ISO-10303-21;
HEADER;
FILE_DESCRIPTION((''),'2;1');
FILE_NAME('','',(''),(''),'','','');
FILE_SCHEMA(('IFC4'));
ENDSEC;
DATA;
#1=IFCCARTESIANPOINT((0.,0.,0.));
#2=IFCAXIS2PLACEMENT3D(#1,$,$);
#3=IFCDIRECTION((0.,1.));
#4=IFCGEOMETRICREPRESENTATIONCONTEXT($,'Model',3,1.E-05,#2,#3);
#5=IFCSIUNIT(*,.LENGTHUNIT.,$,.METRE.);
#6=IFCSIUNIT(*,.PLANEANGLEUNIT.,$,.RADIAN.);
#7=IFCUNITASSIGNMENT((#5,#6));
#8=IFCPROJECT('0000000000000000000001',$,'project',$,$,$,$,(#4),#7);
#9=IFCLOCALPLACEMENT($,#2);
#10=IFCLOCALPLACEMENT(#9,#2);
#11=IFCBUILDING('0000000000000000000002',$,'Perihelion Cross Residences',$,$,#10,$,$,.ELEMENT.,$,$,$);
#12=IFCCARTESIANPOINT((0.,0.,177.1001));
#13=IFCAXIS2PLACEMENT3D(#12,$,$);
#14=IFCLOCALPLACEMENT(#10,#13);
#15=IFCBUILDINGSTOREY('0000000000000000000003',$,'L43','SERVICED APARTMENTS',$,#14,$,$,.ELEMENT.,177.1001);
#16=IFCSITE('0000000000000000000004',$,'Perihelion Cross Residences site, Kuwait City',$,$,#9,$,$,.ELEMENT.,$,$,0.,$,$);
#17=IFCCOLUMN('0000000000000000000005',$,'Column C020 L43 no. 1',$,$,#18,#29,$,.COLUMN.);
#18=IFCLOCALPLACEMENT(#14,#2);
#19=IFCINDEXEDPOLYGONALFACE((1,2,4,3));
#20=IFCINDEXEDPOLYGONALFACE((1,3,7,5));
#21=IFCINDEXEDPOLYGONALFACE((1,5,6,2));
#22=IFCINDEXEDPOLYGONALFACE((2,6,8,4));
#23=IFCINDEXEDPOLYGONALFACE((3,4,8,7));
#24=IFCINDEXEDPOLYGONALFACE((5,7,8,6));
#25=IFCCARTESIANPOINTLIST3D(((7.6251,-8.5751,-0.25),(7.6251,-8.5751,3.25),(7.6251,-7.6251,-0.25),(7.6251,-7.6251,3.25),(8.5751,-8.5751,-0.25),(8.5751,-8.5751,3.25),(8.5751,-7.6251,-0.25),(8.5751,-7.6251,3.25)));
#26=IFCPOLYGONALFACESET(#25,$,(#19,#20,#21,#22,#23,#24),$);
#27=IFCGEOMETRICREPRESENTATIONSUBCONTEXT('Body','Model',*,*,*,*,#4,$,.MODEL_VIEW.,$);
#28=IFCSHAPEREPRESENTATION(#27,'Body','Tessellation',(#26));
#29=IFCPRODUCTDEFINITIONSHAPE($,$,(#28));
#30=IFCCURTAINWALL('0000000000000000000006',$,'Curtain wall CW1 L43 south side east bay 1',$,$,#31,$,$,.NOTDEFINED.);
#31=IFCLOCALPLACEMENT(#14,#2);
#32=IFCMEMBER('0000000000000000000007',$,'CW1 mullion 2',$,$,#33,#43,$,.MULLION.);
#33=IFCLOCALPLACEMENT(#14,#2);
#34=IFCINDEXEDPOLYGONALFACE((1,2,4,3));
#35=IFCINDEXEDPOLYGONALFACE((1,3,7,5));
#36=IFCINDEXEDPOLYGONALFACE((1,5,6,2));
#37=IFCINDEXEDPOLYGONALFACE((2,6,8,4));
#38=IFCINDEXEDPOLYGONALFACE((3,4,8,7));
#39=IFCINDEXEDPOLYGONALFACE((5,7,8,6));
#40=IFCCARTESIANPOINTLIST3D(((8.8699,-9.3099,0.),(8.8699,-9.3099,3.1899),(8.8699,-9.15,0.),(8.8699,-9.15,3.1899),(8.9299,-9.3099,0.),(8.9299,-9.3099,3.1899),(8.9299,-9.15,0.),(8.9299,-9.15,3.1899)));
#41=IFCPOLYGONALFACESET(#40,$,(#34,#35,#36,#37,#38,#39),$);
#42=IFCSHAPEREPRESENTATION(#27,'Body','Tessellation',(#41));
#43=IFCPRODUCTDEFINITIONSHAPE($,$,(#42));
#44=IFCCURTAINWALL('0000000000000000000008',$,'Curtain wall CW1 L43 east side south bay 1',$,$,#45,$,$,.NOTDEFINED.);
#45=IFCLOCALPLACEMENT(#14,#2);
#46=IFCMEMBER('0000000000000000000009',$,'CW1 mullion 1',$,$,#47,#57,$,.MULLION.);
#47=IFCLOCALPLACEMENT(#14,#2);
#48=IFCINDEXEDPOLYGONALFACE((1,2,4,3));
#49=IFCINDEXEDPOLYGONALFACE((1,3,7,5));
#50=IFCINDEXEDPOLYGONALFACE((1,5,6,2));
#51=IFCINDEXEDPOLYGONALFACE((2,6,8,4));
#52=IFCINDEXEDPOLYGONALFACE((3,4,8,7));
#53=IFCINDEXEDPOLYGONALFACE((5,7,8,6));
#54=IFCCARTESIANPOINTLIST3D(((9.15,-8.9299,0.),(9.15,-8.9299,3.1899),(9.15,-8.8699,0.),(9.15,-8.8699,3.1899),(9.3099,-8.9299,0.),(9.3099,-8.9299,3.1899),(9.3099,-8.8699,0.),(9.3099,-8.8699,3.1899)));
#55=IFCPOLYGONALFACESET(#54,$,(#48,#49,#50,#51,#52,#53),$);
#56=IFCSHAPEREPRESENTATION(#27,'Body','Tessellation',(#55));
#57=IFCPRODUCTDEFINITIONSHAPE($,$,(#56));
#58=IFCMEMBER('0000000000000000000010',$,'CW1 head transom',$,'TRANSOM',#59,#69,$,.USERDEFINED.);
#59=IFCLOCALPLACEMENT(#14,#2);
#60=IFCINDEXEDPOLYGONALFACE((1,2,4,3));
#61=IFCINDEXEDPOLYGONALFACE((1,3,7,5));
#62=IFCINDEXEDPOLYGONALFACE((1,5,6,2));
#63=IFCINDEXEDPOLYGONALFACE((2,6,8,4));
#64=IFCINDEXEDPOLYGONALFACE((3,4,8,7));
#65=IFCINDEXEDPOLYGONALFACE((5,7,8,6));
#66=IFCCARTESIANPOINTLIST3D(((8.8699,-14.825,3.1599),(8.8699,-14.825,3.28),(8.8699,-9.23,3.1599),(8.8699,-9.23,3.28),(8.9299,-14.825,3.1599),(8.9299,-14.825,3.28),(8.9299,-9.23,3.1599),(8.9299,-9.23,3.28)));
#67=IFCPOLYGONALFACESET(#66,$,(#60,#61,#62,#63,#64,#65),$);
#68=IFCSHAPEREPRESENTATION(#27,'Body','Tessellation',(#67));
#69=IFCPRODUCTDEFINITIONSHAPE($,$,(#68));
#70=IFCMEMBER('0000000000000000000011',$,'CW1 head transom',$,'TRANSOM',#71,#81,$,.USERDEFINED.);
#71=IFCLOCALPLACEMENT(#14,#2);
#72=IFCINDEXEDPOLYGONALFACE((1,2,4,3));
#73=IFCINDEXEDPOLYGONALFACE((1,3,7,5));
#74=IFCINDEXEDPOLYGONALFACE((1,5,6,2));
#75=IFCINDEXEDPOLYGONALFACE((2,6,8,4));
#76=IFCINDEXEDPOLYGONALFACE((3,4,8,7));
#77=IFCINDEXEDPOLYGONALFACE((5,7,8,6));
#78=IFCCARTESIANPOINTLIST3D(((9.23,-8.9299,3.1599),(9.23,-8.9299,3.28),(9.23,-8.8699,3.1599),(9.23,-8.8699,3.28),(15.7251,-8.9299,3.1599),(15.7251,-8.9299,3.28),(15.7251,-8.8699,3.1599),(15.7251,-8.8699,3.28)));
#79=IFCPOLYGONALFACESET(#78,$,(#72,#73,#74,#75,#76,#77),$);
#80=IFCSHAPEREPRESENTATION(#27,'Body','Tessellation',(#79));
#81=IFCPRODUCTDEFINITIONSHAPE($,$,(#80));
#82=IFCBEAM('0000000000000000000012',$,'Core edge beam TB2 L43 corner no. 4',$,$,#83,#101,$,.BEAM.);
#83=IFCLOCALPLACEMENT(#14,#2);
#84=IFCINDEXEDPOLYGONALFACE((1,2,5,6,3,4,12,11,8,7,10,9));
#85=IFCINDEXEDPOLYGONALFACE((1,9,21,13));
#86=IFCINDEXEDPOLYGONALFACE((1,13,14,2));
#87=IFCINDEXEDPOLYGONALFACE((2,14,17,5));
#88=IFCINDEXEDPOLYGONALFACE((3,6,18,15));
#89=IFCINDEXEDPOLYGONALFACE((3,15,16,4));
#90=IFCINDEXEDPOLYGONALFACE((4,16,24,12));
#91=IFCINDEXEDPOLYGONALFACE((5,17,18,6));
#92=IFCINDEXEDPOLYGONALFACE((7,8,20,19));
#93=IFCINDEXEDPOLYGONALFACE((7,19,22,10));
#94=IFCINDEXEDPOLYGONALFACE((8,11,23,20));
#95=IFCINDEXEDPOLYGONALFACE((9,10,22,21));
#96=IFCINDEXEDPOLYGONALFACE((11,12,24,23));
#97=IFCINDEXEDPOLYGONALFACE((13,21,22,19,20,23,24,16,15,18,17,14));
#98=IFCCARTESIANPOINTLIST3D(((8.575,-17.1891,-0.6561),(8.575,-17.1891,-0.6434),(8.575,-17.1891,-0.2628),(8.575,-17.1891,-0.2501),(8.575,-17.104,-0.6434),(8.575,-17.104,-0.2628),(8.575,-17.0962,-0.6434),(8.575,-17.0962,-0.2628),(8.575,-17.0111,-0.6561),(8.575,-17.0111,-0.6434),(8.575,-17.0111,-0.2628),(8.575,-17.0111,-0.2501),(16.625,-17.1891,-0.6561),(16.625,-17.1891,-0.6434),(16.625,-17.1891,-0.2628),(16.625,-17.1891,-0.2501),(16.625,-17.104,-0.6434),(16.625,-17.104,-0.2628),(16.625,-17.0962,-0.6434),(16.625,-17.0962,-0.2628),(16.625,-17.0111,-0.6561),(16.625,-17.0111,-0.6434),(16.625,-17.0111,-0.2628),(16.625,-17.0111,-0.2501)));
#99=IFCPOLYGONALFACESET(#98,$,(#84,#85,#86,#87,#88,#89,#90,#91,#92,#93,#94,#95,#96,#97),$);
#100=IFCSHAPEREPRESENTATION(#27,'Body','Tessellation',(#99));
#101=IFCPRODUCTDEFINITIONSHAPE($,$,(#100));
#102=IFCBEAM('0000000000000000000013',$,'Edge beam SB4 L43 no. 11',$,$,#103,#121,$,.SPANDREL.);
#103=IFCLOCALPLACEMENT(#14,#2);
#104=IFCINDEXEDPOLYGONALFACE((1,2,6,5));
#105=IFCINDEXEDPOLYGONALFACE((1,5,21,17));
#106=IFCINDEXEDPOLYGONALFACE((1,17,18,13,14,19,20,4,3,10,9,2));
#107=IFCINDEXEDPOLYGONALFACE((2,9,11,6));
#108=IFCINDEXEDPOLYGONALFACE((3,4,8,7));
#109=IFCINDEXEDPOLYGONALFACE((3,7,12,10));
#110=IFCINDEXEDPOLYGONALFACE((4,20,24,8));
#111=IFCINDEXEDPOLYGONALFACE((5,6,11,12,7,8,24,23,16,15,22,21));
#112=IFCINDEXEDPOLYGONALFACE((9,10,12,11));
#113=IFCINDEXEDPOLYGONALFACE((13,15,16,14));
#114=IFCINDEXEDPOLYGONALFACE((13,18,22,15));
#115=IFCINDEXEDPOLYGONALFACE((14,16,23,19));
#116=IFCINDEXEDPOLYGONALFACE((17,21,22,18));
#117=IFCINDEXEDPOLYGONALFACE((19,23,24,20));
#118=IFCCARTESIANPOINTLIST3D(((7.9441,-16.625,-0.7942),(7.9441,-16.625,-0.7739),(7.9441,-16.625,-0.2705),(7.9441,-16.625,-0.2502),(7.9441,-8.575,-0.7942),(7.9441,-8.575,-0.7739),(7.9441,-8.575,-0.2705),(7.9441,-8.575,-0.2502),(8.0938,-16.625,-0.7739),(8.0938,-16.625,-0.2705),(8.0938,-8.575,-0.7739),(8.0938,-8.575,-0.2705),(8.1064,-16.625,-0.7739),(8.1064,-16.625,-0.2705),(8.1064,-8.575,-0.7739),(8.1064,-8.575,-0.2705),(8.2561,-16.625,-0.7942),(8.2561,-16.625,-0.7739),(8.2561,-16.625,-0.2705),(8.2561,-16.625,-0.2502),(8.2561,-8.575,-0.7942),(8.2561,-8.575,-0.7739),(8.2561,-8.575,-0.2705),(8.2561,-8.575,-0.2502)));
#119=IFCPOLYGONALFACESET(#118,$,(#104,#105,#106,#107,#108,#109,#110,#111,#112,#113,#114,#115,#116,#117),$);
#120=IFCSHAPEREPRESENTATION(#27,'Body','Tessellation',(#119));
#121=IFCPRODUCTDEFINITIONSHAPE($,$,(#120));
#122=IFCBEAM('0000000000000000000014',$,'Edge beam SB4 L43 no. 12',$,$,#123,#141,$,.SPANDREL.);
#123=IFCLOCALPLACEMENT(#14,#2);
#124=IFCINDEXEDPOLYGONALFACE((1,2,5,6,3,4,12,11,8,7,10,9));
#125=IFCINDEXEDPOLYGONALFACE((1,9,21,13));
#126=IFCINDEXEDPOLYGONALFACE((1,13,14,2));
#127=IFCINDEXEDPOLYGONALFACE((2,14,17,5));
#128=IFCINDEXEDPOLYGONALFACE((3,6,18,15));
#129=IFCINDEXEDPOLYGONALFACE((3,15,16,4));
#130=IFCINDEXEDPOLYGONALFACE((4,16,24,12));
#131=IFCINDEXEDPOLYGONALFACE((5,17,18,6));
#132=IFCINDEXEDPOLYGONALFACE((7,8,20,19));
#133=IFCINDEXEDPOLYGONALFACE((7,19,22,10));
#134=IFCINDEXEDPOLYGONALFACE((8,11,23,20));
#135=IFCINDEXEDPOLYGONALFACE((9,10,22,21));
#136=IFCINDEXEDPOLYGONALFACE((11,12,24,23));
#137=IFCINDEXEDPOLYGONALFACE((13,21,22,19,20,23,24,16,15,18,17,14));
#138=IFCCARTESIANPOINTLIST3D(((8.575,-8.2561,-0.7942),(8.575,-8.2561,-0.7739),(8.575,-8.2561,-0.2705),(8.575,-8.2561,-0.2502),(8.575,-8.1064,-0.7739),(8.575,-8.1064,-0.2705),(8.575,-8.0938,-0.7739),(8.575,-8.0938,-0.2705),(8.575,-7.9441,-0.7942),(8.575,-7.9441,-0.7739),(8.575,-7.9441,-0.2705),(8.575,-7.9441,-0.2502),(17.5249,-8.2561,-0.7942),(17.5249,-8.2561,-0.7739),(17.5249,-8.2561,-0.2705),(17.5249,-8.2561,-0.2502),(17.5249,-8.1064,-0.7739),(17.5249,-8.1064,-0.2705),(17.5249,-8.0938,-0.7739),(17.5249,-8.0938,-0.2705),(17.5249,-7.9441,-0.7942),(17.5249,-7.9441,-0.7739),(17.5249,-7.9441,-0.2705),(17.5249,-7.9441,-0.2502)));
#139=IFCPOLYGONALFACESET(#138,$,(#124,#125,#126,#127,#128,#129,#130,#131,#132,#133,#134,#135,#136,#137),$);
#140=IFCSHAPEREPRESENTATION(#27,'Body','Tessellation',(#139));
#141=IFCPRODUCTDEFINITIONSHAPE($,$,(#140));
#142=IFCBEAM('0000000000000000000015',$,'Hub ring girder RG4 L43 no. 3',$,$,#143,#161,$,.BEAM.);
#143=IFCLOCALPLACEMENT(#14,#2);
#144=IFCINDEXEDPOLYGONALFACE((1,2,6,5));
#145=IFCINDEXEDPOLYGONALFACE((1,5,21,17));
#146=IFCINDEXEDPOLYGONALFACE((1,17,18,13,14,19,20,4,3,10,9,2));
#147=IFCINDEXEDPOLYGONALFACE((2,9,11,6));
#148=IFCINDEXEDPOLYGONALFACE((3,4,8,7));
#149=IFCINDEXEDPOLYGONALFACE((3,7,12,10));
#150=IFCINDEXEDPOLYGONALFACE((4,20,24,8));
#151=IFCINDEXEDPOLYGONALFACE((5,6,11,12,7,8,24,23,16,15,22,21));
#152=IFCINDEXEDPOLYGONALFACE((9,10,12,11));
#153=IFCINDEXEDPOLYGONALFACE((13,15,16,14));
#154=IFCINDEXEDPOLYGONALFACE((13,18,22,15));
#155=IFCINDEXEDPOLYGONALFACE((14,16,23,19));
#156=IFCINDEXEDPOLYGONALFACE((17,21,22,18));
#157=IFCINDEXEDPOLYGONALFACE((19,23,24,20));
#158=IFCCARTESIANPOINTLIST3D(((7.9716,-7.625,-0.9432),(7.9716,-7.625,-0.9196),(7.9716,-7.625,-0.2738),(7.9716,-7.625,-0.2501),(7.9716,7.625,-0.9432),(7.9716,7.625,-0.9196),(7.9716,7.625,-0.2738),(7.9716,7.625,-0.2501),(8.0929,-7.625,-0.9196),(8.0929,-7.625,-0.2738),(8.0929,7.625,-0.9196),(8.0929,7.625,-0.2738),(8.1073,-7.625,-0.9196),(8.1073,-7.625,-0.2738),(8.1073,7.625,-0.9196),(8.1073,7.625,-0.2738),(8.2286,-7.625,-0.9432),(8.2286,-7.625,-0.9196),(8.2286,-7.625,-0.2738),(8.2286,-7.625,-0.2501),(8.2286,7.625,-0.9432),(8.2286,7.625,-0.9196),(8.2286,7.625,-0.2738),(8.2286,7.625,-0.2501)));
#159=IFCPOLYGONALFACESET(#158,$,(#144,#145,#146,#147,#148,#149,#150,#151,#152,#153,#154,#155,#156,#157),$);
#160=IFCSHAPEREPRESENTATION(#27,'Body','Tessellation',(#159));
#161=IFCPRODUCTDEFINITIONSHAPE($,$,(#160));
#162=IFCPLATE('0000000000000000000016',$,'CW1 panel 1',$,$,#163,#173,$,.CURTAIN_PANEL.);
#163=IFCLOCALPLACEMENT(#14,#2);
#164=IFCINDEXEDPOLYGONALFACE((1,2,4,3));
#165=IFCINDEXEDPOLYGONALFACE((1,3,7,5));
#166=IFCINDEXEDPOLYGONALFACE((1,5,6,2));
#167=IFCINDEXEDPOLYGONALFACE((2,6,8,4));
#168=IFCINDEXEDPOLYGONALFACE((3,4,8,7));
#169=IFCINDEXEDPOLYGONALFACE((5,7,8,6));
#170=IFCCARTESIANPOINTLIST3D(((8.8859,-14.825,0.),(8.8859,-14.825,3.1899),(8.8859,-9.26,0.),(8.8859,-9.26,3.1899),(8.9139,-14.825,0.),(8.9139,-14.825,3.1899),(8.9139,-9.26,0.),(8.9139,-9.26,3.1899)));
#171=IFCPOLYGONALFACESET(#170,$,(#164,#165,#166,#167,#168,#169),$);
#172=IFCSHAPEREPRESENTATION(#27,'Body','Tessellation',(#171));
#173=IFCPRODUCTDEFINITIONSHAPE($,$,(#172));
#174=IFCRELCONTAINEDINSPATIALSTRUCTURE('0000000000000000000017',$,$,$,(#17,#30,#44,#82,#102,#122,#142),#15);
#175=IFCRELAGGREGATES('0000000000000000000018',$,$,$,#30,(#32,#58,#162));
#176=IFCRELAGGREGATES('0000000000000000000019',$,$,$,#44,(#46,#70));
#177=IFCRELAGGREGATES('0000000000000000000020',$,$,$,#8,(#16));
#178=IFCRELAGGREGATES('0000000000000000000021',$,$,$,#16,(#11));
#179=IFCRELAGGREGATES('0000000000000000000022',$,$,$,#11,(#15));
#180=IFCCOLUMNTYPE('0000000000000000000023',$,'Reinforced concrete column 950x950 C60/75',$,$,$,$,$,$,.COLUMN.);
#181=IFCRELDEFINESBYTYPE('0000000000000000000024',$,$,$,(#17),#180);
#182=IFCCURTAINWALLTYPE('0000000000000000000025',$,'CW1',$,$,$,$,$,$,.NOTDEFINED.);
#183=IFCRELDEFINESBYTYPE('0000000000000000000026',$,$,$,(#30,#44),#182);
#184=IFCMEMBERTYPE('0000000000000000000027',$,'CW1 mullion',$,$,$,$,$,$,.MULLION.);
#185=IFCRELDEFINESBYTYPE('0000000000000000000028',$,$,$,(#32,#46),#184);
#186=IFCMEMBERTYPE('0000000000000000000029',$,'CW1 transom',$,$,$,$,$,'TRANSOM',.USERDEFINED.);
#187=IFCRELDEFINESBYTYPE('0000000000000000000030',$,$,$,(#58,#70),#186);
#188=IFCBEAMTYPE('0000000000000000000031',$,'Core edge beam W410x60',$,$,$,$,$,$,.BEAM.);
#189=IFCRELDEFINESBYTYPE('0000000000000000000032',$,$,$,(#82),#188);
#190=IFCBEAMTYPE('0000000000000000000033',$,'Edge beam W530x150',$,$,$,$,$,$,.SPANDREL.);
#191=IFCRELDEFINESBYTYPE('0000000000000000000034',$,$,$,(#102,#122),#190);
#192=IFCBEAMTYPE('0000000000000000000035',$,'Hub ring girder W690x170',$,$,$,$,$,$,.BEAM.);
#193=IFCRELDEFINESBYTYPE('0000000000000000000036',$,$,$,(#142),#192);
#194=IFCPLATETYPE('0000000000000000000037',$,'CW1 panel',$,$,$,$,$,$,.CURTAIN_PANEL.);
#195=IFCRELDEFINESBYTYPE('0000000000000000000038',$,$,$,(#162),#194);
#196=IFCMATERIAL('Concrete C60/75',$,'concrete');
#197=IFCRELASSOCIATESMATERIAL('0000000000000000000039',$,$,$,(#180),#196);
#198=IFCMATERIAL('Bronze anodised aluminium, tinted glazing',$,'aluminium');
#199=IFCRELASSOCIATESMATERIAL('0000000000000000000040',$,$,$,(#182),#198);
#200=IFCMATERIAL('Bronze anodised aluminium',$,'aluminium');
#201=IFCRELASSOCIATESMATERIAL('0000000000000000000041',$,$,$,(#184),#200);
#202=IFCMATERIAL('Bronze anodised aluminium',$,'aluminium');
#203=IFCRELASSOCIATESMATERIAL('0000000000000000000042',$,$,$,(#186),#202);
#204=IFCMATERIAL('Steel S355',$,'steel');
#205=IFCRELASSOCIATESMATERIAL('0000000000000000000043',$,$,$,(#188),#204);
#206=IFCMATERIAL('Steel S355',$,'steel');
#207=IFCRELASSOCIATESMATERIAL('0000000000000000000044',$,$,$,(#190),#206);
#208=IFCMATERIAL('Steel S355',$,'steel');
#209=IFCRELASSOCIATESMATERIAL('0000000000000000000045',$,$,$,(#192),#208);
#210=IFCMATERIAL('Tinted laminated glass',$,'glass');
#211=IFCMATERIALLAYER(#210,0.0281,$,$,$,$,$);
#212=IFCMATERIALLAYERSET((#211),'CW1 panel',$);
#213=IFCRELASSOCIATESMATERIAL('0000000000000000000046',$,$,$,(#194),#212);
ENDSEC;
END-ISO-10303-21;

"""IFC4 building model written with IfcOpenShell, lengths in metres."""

from ifc_helpers import new_model, si_unit, direction, frame, origin, origin_2d, place, context, subcontext, project, spatial, rectangle, i_section, extrude, material, layer, layer_set, material_profile, profile_set, type_object, element, aggregate, save


model = new_model("IFC4")

# Units and contexts
model_context = context("Model", 3, precision=1e-05, world=origin(), true_north=direction((0.0, 1.0)))
body_context = subcontext(model_context, "Body", "Model", "MODEL_VIEW")
ifc_project = project(units=[si_unit("LENGTHUNIT", "METRE"), si_unit("PLANEANGLEUNIT", "RADIAN")], contexts=[model_context])

# Site, building, storey
site_placement = place(None, origin())
site = spatial("IfcSite", under=ifc_project, at=site_placement, Name="Perihelion Cross Residences site, Kuwait City", CompositionType="ELEMENT", RefElevation=0.0)
building_placement = place(site_placement, origin())
building = spatial("IfcBuilding", under=site, at=building_placement, Name="Perihelion Cross Residences", CompositionType="ELEMENT")
storey_placement = place(building_placement, frame((0.0, 0.0, 177.1001)))
storey = spatial("IfcBuildingStorey", under=building, at=storey_placement, Name="L43", Description="SERVICED APARTMENTS", CompositionType="ELEMENT", Elevation=177.1001)

# Column
ifc_material_1 = material(Name="Concrete C60/75", Category="concrete")
ifc_material_profile_1 = material_profile(ifc_material_1, rectangle(XDim=0.95, YDim=0.95, at=origin_2d()), Name="RC 950x950")
ifc_profile_set_1 = profile_set([ifc_material_profile_1], Name="Concrete C60/75")
column_type = type_object("IfcColumnType", Name="Reinforced concrete column 950x950 C60/75", PredefinedType="COLUMN", material=ifc_profile_set_1)
column_placement = place(storey_placement, frame((8.1001, -8.1001, -0.25), z_axis=(0.0, 0.0, 1.0), x_axis=(1.0, 0.0, 0.0)))
element("IfcColumn", 1, at=column_placement, inside=storey, type_object=column_type, Name="Column C020 L43 no. 1", PredefinedType="COLUMN", context=body_context, shape_type="SweptSolid", body=[
    extrude(rectangle(XDim=0.95, YDim=0.95, at=origin_2d()), origin(), (0.0, 0.0, 1.0), 3.5),
])

# Curtain walls, members
ifc_material_2 = material(Name="Bronze anodised aluminium, tinted glazing", Category="aluminium")
curtain_wall_type = type_object("IfcCurtainWallType", Name="CW1", PredefinedType="NOTDEFINED", material=ifc_material_2)
curtain_wall_1_placement = place(storey_placement, origin())
curtain_wall_1 = element("IfcCurtainWall", 2, at=curtain_wall_1_placement, inside=storey, type_object=curtain_wall_type, Name="Curtain wall CW1 L43 south side east bay 1", PredefinedType="NOTDEFINED")
ifc_material_3 = material(Name="Bronze anodised aluminium", Category="aluminium")
ifc_material_profile_2 = material_profile(ifc_material_3, rectangle(XDim=0.0601, YDim=0.1599, at=origin_2d()), Name="CW1 mullion")
ifc_profile_set_2 = profile_set([ifc_material_profile_2], Name="Bronze anodised aluminium")
member_type_1 = type_object("IfcMemberType", Name="CW1 mullion", PredefinedType="MULLION", material=ifc_profile_set_2)
member_1_placement = place(storey_placement, frame((8.8999, -9.23, 0.0), z_axis=(0.0, 0.0, 1.0), x_axis=(-1.0, 0.0, 0.0)))
member_1 = element("IfcMember", 3, at=member_1_placement, type_object=member_type_1, Name="CW1 mullion 2", PredefinedType="MULLION", context=body_context, shape_type="SweptSolid", body=[
    extrude(rectangle(XDim=0.0601, YDim=0.1599, at=origin_2d()), origin(), (0.0, 0.0, 1.0), 3.1899),
])
curtain_wall_2_placement = place(storey_placement, origin())
curtain_wall_2 = element("IfcCurtainWall", 4, at=curtain_wall_2_placement, inside=storey, type_object=curtain_wall_type, Name="Curtain wall CW1 L43 east side south bay 1", PredefinedType="NOTDEFINED")
member_2_placement = place(storey_placement, frame((9.23, -8.8999, 0.0), z_axis=(0.0, 0.0, 1.0), x_axis=(0.0, 1.0, 0.0)))
member_2 = element("IfcMember", 5, at=member_2_placement, type_object=member_type_1, Name="CW1 mullion 1", PredefinedType="MULLION", context=body_context, shape_type="SweptSolid", body=[
    extrude(rectangle(XDim=0.0601, YDim=0.1599, at=origin_2d()), origin(), (0.0, 0.0, 1.0), 3.1899),
])

# Members
ifc_material_4 = material(Name="Bronze anodised aluminium", Category="aluminium")
ifc_material_profile_3 = material_profile(ifc_material_4, rectangle(XDim=0.0601, YDim=0.1201, at=origin_2d()), Name="CW1 transom")
ifc_profile_set_3 = profile_set([ifc_material_profile_3], Name="Bronze anodised aluminium")
member_type_2 = type_object("IfcMemberType", Name="CW1 transom", ElementType="TRANSOM", PredefinedType="USERDEFINED", material=ifc_profile_set_3)
member_3_placement = place(storey_placement, frame((8.8999, -14.825, 3.22), z_axis=(0.0, 1.0, 0.0), x_axis=(-1.0, 0.0, 0.0)))
member_3 = element("IfcMember", 6, at=member_3_placement, type_object=member_type_2, Name="CW1 head transom", ObjectType="TRANSOM", PredefinedType="USERDEFINED", context=body_context, shape_type="SweptSolid", body=[
    extrude(rectangle(XDim=0.0601, YDim=0.1201, at=origin_2d()), origin(), (0.0, 0.0, 1.0), 5.595),
])
member_4_placement = place(storey_placement, frame((9.23, -8.8999, 3.22), z_axis=(1.0, 0.0, 0.0), x_axis=(0.0, 1.0, 0.0)))
member_4 = element("IfcMember", 7, at=member_4_placement, type_object=member_type_2, Name="CW1 head transom", ObjectType="TRANSOM", PredefinedType="USERDEFINED", context=body_context, shape_type="SweptSolid", body=[
    extrude(rectangle(XDim=0.0601, YDim=0.1201, at=origin_2d()), origin(), (0.0, 0.0, 1.0), 6.4951),
])

# Beams
ifc_material_5 = material(Name="Steel S355", Category="steel")
ifc_material_profile_4 = material_profile(ifc_material_5, i_section(OverallWidth=0.178, OverallDepth=0.406, WebThickness=0.0078, FlangeThickness=0.0127, at=origin_2d()), Name="W410x60")
ifc_profile_set_4 = profile_set([ifc_material_profile_4], Name="Steel S355")
beam_type_1 = type_object("IfcBeamType", Name="Core edge beam W410x60", PredefinedType="BEAM", material=ifc_profile_set_4)
beam_1_placement = place(storey_placement, frame((8.575, -17.1001, -0.4531), z_axis=(1.0, 0.0, 0.0), x_axis=(0.0, 1.0, 0.0)))
element("IfcBeam", 8, at=beam_1_placement, inside=storey, type_object=beam_type_1, Name="Core edge beam TB2 L43 corner no. 4", PredefinedType="BEAM", context=body_context, shape_type="SweptSolid", body=[
    extrude(i_section(OverallWidth=0.178, OverallDepth=0.406, WebThickness=0.0078, FlangeThickness=0.0127, at=origin_2d()), origin(), (0.0, 0.0, 1.0), 8.05),
])
ifc_material_6 = material(Name="Steel S355", Category="steel")
ifc_material_profile_5 = material_profile(ifc_material_6, i_section(OverallWidth=0.312, OverallDepth=0.5439, WebThickness=0.0127, FlangeThickness=0.0203, at=origin_2d()), Name="W530x150")
ifc_profile_set_5 = profile_set([ifc_material_profile_5], Name="Steel S355")
beam_type_2 = type_object("IfcBeamType", Name="Edge beam W530x150", PredefinedType="SPANDREL", material=ifc_profile_set_5)
beam_2_placement = place(storey_placement, frame((8.1001, -16.625, -0.5222), z_axis=(0.0, 1.0, 0.0), x_axis=(-1.0, 0.0, 0.0)))
element("IfcBeam", 9, at=beam_2_placement, inside=storey, type_object=beam_type_2, Name="Edge beam SB4 L43 no. 11", PredefinedType="SPANDREL", context=body_context, shape_type="SweptSolid", body=[
    extrude(i_section(OverallWidth=0.312, OverallDepth=0.5439, WebThickness=0.0127, FlangeThickness=0.0203, at=origin_2d()), origin(), (0.0, 0.0, 1.0), 8.05),
])
beam_3_placement = place(storey_placement, frame((8.575, -8.1001, -0.5222), z_axis=(1.0, 0.0, 0.0), x_axis=(0.0, 1.0, 0.0)))
element("IfcBeam", 10, at=beam_3_placement, inside=storey, type_object=beam_type_2, Name="Edge beam SB4 L43 no. 12", PredefinedType="SPANDREL", context=body_context, shape_type="SweptSolid", body=[
    extrude(i_section(OverallWidth=0.312, OverallDepth=0.5439, WebThickness=0.0127, FlangeThickness=0.0203, at=origin_2d()), origin(), (0.0, 0.0, 1.0), 8.95),
])
ifc_material_7 = material(Name="Steel S355", Category="steel")
ifc_material_profile_6 = material_profile(ifc_material_7, i_section(OverallWidth=0.2571, OverallDepth=0.6931, WebThickness=0.0144, FlangeThickness=0.0237, at=origin_2d()), Name="W690x170")
ifc_profile_set_6 = profile_set([ifc_material_profile_6], Name="Steel S355")
beam_type_3 = type_object("IfcBeamType", Name="Hub ring girder W690x170", PredefinedType="BEAM", material=ifc_profile_set_6)
beam_4_placement = place(storey_placement, frame((8.1001, -7.625, -0.5967), z_axis=(0.0, 1.0, 0.0), x_axis=(-1.0, 0.0, 0.0)))
element("IfcBeam", 11, at=beam_4_placement, inside=storey, type_object=beam_type_3, Name="Hub ring girder RG4 L43 no. 3", PredefinedType="BEAM", context=body_context, shape_type="SweptSolid", body=[
    extrude(i_section(OverallWidth=0.2571, OverallDepth=0.6931, WebThickness=0.0144, FlangeThickness=0.0237, at=origin_2d()), origin(), (0.0, 0.0, 1.0), 15.25),
])

# Plate
ifc_material_8 = material(Name="Tinted laminated glass", Category="glass")
ifc_layer_1 = layer(ifc_material_8, 0.0281)
ifc_layer_set_1 = layer_set([ifc_layer_1], Name="CW1 panel")
plate_type = type_object("IfcPlateType", Name="CW1 panel", PredefinedType="CURTAIN_PANEL", material=ifc_layer_set_1)
plate_1_placement = place(storey_placement, frame((8.8999, -12.0425, 0.0), z_axis=(0.0, 0.0, 1.0), x_axis=(0.0, 1.0, 0.0)))
plate_1 = element("IfcPlate", 12, at=plate_1_placement, type_object=plate_type, Name="CW1 panel 1", PredefinedType="CURTAIN_PANEL", context=body_context, shape_type="SweptSolid", body=[
    extrude(rectangle(XDim=5.5649, YDim=0.0281, at=origin_2d()), origin(), (0.0, 0.0, 1.0), 3.1899),
])
aggregate(curtain_wall_1, [member_1, member_3, plate_1])
aggregate(curtain_wall_2, [member_2, member_4])

save(model, "model.ifc")
